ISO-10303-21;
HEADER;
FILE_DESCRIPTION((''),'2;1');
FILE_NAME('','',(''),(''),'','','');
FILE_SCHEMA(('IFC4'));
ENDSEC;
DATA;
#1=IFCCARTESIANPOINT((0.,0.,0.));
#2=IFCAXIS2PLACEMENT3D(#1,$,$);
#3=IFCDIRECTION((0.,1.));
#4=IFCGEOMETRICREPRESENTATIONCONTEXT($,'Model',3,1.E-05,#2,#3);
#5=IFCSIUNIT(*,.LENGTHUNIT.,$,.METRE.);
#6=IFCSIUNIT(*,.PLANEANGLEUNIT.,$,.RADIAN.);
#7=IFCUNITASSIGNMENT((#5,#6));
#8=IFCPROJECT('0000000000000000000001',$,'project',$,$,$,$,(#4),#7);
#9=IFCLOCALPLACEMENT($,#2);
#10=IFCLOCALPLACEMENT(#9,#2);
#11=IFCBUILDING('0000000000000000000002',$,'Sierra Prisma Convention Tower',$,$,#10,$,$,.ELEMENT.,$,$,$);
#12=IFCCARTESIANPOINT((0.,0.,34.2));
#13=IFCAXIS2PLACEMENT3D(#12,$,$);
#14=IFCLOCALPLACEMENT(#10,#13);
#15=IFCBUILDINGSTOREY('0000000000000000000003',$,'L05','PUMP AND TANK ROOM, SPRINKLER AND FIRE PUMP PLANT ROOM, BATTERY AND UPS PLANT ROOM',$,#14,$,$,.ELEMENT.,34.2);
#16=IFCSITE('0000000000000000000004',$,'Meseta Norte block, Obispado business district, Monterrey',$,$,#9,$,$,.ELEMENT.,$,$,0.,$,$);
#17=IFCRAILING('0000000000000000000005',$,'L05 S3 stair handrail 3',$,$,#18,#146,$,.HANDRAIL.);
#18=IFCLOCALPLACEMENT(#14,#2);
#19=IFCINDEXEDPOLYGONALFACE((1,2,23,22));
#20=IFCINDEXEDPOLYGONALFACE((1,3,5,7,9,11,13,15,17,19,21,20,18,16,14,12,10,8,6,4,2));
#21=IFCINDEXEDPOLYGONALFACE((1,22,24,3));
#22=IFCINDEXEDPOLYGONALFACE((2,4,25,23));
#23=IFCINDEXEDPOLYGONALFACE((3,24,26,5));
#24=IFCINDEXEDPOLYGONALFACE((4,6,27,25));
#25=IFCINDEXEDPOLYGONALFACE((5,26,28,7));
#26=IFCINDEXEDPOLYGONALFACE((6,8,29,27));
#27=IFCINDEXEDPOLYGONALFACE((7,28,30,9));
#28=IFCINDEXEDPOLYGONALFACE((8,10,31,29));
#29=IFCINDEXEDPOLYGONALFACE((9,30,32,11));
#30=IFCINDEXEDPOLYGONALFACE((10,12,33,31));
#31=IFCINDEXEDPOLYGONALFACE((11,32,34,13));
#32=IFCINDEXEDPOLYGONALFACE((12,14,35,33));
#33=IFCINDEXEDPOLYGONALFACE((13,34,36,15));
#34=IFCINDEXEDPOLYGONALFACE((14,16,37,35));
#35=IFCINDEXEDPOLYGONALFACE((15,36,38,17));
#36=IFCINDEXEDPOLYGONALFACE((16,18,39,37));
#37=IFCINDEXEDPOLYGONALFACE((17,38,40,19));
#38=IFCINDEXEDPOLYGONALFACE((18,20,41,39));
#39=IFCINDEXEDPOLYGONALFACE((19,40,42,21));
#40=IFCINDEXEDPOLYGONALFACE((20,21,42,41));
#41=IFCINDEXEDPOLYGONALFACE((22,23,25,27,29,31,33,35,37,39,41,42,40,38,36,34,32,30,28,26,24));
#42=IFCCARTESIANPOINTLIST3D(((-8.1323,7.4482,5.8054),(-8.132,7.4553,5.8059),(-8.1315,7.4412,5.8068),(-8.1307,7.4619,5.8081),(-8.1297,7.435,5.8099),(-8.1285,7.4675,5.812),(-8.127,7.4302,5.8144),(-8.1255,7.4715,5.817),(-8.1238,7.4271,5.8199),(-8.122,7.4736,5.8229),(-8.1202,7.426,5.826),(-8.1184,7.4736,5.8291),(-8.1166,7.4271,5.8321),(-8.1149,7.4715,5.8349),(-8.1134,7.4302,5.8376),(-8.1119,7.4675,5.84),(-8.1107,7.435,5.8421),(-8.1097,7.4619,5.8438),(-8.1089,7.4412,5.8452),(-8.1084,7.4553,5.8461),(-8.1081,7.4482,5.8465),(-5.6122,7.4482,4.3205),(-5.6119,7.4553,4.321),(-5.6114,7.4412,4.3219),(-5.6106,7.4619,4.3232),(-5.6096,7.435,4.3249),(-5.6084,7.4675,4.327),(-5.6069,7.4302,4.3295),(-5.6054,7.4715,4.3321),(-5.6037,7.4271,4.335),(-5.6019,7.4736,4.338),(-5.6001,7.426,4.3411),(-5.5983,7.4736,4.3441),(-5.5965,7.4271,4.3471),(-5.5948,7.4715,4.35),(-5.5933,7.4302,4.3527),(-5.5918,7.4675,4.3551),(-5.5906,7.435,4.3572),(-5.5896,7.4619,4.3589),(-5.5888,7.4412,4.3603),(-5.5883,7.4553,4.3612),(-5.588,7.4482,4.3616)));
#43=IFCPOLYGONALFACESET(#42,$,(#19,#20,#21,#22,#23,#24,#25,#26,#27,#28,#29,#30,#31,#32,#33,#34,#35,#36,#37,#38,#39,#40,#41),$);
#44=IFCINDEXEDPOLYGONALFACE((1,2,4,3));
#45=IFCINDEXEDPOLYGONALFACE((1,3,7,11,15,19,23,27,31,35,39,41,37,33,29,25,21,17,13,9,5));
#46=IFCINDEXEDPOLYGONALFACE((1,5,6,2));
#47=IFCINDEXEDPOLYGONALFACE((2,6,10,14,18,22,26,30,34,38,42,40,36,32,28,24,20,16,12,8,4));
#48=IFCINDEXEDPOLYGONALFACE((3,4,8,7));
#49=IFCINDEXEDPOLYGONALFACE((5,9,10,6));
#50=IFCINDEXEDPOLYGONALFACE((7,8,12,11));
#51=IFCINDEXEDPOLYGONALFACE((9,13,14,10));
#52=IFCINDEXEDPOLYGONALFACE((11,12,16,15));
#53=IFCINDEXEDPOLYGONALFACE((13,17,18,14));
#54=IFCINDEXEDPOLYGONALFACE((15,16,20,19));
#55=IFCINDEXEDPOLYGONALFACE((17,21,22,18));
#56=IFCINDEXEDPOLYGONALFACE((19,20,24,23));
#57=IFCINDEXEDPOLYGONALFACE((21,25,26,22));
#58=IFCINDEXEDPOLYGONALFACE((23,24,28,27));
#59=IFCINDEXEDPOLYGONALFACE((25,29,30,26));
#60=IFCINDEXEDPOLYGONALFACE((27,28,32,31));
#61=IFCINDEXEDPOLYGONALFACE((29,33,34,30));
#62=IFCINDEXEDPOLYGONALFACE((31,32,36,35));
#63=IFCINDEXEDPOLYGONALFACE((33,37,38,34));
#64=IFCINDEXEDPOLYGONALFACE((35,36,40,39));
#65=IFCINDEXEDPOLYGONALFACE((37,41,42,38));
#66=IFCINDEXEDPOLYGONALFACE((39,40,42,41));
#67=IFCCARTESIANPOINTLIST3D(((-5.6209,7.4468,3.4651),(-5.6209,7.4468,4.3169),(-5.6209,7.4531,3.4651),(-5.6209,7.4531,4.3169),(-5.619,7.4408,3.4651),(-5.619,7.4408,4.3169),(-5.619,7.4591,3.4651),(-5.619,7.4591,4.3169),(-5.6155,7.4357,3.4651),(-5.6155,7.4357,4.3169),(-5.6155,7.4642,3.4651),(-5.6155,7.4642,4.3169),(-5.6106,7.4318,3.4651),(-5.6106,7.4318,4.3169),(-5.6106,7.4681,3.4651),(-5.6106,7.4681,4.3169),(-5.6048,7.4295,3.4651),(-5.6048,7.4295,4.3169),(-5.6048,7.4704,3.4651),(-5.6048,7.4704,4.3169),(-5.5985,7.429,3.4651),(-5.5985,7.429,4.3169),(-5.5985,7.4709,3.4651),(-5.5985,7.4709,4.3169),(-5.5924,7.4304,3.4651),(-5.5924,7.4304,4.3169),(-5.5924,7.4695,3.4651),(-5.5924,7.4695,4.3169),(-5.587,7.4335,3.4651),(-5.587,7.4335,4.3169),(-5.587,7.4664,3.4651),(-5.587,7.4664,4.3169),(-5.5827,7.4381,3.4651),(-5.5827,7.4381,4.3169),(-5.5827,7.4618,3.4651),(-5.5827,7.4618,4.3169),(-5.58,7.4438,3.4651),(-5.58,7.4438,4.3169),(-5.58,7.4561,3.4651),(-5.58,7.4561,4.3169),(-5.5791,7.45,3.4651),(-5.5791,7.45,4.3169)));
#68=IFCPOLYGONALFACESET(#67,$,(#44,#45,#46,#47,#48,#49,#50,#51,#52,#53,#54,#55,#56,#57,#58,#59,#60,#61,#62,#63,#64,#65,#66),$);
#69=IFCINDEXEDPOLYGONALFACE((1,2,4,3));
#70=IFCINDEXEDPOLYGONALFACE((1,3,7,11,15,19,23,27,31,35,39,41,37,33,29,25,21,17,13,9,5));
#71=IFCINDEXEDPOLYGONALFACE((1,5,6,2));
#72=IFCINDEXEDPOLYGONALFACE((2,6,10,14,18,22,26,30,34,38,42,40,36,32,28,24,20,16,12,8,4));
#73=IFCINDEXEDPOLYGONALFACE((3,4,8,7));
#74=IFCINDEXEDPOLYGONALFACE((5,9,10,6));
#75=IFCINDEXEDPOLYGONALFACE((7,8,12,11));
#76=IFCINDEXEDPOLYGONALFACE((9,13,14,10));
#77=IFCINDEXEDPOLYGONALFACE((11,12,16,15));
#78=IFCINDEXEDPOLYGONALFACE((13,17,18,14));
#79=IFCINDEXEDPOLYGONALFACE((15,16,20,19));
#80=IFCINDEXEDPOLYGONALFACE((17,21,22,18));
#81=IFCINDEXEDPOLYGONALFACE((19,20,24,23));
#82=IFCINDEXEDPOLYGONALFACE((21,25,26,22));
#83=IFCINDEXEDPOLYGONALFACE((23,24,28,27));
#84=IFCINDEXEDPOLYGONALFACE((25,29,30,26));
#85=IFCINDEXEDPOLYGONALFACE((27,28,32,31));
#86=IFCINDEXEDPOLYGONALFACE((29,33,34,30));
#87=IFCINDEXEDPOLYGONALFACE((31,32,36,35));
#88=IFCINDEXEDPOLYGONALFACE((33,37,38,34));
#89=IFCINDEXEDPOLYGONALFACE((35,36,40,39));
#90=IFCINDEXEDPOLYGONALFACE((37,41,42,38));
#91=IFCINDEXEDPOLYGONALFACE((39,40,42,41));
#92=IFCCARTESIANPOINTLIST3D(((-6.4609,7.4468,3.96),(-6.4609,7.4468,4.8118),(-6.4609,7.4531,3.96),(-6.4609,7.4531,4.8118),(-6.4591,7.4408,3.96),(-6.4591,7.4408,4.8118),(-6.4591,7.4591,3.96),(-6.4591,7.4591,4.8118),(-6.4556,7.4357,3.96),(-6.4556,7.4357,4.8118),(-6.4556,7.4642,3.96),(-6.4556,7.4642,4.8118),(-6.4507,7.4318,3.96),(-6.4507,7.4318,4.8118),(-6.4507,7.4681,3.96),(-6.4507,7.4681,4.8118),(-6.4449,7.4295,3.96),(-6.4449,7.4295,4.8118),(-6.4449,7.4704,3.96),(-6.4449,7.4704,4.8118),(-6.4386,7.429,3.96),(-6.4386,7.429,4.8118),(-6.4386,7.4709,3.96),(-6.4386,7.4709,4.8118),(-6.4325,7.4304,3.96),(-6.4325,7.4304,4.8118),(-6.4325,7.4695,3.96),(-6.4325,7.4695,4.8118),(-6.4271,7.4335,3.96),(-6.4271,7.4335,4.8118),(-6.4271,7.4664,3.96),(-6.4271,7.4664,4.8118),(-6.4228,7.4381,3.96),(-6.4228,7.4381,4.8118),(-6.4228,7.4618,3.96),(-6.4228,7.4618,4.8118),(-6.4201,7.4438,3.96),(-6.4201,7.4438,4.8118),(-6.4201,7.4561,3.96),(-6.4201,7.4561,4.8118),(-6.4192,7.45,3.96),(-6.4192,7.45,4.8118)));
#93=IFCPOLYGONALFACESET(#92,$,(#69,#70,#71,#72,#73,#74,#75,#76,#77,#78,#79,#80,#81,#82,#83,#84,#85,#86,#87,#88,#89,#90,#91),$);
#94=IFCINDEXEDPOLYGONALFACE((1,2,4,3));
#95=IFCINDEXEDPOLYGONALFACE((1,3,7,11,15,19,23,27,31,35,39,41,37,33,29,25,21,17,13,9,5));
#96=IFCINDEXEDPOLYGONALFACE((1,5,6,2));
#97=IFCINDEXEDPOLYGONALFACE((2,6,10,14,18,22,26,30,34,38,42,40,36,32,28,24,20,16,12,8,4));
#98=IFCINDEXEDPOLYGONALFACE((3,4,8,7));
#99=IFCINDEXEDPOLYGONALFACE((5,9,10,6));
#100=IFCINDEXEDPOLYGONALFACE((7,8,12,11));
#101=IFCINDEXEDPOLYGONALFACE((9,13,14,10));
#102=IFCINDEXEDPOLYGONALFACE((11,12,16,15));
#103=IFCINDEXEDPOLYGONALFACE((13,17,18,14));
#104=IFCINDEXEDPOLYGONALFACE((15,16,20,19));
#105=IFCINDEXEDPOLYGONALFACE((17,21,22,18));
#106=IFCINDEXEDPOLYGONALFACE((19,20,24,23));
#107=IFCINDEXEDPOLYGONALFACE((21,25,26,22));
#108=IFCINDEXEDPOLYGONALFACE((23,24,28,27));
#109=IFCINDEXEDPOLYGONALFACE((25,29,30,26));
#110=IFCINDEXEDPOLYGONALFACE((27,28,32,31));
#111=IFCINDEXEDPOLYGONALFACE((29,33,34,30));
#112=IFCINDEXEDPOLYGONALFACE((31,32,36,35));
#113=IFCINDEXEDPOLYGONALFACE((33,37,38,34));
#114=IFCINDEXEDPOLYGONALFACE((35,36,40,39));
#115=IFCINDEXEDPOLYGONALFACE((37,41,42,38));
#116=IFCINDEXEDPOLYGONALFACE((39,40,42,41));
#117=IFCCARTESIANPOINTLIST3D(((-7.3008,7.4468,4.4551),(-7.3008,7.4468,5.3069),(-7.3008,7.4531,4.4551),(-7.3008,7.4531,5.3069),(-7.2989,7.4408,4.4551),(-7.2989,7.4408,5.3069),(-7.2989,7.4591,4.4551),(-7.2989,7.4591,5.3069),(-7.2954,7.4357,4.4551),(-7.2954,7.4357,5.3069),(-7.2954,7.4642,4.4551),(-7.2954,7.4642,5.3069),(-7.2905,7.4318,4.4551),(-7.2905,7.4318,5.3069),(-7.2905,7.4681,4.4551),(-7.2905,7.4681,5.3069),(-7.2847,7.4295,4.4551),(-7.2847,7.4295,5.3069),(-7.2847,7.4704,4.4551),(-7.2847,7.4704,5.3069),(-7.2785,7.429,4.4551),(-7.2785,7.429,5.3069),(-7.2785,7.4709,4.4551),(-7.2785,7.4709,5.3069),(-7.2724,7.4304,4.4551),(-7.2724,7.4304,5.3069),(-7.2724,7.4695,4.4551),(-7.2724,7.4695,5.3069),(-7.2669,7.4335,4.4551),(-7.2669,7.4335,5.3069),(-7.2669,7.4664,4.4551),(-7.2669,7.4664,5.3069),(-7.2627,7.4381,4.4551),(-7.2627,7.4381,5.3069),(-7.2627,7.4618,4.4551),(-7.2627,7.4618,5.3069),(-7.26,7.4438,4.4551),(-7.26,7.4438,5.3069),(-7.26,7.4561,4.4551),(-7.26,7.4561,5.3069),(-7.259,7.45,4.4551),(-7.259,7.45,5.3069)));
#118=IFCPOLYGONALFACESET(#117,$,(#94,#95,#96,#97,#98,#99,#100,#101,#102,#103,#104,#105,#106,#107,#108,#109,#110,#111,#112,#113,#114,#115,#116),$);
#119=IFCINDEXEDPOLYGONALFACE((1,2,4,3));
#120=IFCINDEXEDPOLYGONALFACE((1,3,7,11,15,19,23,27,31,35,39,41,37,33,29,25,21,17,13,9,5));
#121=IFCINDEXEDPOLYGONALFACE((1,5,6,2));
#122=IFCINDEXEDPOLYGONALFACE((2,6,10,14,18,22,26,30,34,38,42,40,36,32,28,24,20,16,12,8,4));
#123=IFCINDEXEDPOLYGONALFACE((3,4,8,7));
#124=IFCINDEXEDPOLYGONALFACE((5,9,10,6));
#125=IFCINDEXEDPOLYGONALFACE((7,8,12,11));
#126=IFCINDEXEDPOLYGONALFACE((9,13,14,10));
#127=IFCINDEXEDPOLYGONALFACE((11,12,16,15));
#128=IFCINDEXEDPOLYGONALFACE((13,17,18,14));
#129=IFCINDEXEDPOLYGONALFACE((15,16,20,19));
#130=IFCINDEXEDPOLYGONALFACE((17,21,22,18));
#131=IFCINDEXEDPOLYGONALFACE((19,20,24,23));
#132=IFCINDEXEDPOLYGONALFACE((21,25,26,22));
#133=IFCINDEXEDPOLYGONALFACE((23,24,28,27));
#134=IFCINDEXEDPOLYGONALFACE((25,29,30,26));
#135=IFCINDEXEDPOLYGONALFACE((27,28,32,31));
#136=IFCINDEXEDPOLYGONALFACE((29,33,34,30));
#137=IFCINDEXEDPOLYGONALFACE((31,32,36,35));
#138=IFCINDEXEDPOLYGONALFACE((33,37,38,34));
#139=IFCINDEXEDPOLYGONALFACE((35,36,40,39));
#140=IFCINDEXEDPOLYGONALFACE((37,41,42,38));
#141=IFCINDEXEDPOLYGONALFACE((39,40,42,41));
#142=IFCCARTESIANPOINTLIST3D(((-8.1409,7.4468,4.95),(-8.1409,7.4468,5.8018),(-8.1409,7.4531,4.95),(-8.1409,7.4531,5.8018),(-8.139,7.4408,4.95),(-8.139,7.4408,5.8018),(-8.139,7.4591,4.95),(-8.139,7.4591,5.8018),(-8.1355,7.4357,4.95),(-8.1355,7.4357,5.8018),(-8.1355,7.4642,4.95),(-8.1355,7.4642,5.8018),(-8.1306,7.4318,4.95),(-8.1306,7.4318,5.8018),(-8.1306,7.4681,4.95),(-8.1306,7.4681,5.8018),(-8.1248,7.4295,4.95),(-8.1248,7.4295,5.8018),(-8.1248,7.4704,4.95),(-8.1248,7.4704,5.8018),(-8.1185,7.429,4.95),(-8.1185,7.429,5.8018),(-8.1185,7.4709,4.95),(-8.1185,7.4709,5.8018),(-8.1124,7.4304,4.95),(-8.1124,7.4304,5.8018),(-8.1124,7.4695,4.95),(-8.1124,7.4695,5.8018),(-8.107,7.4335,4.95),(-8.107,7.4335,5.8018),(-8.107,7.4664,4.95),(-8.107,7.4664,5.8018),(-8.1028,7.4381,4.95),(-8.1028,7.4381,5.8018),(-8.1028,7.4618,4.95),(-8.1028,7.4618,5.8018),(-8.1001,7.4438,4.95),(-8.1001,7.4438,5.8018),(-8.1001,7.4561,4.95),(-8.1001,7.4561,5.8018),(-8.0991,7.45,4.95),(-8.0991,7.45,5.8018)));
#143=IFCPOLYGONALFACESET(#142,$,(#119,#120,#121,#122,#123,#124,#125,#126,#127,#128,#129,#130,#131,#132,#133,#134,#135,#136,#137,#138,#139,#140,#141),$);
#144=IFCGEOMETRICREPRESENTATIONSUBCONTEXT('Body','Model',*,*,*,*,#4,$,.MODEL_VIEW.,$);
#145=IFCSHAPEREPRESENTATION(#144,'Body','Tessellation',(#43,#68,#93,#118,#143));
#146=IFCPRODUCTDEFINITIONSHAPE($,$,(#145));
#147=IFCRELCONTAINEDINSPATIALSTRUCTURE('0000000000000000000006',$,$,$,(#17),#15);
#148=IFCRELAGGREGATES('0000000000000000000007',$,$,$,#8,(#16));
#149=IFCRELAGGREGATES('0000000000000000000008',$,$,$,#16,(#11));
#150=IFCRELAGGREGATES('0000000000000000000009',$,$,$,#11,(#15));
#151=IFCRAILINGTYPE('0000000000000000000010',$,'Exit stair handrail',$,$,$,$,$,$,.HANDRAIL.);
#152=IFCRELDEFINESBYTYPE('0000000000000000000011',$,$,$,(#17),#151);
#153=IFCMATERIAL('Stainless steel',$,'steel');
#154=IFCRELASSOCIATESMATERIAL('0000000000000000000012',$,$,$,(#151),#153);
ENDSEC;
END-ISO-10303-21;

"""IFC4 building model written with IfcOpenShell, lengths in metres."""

from ifc_helpers import new_model, si_unit, direction, frame, origin, origin_2d, place, context, subcontext, project, spatial, circle, extrude, material, type_object, element, save


model = new_model("IFC4")

# Units and contexts
model_context = context("Model", 3, precision=1e-05, world=origin(), true_north=direction((0.0, 1.0)))
body_context = subcontext(model_context, "Body", "Model", "MODEL_VIEW")
ifc_project = project(units=[si_unit("LENGTHUNIT", "METRE"), si_unit("PLANEANGLEUNIT", "RADIAN")], contexts=[model_context])

# Site, building, storey
site_placement = place(None, origin())
site = spatial("IfcSite", under=ifc_project, at=site_placement, Name="Meseta Norte block, Obispado business district, Monterrey", CompositionType="ELEMENT", RefElevation=0.0)
building_placement = place(site_placement, origin())
building = spatial("IfcBuilding", under=site, at=building_placement, Name="Sierra Prisma Convention Tower", CompositionType="ELEMENT")
storey_placement = place(building_placement, frame((0.0, 0.0, 34.2)))
storey = spatial("IfcBuildingStorey", under=building, at=storey_placement, Name="L05", Description="PUMP AND TANK ROOM, SPRINKLER AND FIRE PUMP PLANT ROOM, BATTERY AND UPS PLANT ROOM", CompositionType="ELEMENT", Elevation=34.2)

# Railing
ifc_material_1 = material(Name="Stainless steel", Category="steel")
railing_type_1 = type_object("IfcRailingType", Name="Exit stair handrail", PredefinedType="HANDRAIL", material=ifc_material_1)
railing_1_placement = place(storey_placement, frame((-5.6001, 7.45, 3.4651)))
element("IfcRailing", 1, at=railing_1_placement, inside=storey, type_object=railing_type_1, Name="L05 S3 stair handrail 3", PredefinedType="HANDRAIL", context=body_context, shape_type="SweptSolid", body=[
    extrude(circle(Radius=0.0239, at=origin_2d()), frame((0.0, 0.0, 0.876), z_axis=(-0.861561, 0.0, 0.507655), x_axis=(0.0, -1.0, 0.0)), (0.0, 0.0, 1.0), 2.925),
    extrude(circle(Radius=0.021, at=origin_2d()), origin(), (0.0, 0.0, 1.0), 0.8518),
    extrude(circle(Radius=0.021, at=origin_2d()), frame((-0.8401, 0.0, 0.4949)), (0.0, 0.0, 1.0), 0.8518),
    extrude(circle(Radius=0.021, at=origin_2d()), frame((-1.6799, 0.0, 0.99)), (0.0, 0.0, 1.0), 0.8518),
    extrude(circle(Radius=0.021, at=origin_2d()), frame((-2.52, 0.0, 1.4849)), (0.0, 0.0, 1.0), 0.8518),
])

save(model, "model.ifc")
